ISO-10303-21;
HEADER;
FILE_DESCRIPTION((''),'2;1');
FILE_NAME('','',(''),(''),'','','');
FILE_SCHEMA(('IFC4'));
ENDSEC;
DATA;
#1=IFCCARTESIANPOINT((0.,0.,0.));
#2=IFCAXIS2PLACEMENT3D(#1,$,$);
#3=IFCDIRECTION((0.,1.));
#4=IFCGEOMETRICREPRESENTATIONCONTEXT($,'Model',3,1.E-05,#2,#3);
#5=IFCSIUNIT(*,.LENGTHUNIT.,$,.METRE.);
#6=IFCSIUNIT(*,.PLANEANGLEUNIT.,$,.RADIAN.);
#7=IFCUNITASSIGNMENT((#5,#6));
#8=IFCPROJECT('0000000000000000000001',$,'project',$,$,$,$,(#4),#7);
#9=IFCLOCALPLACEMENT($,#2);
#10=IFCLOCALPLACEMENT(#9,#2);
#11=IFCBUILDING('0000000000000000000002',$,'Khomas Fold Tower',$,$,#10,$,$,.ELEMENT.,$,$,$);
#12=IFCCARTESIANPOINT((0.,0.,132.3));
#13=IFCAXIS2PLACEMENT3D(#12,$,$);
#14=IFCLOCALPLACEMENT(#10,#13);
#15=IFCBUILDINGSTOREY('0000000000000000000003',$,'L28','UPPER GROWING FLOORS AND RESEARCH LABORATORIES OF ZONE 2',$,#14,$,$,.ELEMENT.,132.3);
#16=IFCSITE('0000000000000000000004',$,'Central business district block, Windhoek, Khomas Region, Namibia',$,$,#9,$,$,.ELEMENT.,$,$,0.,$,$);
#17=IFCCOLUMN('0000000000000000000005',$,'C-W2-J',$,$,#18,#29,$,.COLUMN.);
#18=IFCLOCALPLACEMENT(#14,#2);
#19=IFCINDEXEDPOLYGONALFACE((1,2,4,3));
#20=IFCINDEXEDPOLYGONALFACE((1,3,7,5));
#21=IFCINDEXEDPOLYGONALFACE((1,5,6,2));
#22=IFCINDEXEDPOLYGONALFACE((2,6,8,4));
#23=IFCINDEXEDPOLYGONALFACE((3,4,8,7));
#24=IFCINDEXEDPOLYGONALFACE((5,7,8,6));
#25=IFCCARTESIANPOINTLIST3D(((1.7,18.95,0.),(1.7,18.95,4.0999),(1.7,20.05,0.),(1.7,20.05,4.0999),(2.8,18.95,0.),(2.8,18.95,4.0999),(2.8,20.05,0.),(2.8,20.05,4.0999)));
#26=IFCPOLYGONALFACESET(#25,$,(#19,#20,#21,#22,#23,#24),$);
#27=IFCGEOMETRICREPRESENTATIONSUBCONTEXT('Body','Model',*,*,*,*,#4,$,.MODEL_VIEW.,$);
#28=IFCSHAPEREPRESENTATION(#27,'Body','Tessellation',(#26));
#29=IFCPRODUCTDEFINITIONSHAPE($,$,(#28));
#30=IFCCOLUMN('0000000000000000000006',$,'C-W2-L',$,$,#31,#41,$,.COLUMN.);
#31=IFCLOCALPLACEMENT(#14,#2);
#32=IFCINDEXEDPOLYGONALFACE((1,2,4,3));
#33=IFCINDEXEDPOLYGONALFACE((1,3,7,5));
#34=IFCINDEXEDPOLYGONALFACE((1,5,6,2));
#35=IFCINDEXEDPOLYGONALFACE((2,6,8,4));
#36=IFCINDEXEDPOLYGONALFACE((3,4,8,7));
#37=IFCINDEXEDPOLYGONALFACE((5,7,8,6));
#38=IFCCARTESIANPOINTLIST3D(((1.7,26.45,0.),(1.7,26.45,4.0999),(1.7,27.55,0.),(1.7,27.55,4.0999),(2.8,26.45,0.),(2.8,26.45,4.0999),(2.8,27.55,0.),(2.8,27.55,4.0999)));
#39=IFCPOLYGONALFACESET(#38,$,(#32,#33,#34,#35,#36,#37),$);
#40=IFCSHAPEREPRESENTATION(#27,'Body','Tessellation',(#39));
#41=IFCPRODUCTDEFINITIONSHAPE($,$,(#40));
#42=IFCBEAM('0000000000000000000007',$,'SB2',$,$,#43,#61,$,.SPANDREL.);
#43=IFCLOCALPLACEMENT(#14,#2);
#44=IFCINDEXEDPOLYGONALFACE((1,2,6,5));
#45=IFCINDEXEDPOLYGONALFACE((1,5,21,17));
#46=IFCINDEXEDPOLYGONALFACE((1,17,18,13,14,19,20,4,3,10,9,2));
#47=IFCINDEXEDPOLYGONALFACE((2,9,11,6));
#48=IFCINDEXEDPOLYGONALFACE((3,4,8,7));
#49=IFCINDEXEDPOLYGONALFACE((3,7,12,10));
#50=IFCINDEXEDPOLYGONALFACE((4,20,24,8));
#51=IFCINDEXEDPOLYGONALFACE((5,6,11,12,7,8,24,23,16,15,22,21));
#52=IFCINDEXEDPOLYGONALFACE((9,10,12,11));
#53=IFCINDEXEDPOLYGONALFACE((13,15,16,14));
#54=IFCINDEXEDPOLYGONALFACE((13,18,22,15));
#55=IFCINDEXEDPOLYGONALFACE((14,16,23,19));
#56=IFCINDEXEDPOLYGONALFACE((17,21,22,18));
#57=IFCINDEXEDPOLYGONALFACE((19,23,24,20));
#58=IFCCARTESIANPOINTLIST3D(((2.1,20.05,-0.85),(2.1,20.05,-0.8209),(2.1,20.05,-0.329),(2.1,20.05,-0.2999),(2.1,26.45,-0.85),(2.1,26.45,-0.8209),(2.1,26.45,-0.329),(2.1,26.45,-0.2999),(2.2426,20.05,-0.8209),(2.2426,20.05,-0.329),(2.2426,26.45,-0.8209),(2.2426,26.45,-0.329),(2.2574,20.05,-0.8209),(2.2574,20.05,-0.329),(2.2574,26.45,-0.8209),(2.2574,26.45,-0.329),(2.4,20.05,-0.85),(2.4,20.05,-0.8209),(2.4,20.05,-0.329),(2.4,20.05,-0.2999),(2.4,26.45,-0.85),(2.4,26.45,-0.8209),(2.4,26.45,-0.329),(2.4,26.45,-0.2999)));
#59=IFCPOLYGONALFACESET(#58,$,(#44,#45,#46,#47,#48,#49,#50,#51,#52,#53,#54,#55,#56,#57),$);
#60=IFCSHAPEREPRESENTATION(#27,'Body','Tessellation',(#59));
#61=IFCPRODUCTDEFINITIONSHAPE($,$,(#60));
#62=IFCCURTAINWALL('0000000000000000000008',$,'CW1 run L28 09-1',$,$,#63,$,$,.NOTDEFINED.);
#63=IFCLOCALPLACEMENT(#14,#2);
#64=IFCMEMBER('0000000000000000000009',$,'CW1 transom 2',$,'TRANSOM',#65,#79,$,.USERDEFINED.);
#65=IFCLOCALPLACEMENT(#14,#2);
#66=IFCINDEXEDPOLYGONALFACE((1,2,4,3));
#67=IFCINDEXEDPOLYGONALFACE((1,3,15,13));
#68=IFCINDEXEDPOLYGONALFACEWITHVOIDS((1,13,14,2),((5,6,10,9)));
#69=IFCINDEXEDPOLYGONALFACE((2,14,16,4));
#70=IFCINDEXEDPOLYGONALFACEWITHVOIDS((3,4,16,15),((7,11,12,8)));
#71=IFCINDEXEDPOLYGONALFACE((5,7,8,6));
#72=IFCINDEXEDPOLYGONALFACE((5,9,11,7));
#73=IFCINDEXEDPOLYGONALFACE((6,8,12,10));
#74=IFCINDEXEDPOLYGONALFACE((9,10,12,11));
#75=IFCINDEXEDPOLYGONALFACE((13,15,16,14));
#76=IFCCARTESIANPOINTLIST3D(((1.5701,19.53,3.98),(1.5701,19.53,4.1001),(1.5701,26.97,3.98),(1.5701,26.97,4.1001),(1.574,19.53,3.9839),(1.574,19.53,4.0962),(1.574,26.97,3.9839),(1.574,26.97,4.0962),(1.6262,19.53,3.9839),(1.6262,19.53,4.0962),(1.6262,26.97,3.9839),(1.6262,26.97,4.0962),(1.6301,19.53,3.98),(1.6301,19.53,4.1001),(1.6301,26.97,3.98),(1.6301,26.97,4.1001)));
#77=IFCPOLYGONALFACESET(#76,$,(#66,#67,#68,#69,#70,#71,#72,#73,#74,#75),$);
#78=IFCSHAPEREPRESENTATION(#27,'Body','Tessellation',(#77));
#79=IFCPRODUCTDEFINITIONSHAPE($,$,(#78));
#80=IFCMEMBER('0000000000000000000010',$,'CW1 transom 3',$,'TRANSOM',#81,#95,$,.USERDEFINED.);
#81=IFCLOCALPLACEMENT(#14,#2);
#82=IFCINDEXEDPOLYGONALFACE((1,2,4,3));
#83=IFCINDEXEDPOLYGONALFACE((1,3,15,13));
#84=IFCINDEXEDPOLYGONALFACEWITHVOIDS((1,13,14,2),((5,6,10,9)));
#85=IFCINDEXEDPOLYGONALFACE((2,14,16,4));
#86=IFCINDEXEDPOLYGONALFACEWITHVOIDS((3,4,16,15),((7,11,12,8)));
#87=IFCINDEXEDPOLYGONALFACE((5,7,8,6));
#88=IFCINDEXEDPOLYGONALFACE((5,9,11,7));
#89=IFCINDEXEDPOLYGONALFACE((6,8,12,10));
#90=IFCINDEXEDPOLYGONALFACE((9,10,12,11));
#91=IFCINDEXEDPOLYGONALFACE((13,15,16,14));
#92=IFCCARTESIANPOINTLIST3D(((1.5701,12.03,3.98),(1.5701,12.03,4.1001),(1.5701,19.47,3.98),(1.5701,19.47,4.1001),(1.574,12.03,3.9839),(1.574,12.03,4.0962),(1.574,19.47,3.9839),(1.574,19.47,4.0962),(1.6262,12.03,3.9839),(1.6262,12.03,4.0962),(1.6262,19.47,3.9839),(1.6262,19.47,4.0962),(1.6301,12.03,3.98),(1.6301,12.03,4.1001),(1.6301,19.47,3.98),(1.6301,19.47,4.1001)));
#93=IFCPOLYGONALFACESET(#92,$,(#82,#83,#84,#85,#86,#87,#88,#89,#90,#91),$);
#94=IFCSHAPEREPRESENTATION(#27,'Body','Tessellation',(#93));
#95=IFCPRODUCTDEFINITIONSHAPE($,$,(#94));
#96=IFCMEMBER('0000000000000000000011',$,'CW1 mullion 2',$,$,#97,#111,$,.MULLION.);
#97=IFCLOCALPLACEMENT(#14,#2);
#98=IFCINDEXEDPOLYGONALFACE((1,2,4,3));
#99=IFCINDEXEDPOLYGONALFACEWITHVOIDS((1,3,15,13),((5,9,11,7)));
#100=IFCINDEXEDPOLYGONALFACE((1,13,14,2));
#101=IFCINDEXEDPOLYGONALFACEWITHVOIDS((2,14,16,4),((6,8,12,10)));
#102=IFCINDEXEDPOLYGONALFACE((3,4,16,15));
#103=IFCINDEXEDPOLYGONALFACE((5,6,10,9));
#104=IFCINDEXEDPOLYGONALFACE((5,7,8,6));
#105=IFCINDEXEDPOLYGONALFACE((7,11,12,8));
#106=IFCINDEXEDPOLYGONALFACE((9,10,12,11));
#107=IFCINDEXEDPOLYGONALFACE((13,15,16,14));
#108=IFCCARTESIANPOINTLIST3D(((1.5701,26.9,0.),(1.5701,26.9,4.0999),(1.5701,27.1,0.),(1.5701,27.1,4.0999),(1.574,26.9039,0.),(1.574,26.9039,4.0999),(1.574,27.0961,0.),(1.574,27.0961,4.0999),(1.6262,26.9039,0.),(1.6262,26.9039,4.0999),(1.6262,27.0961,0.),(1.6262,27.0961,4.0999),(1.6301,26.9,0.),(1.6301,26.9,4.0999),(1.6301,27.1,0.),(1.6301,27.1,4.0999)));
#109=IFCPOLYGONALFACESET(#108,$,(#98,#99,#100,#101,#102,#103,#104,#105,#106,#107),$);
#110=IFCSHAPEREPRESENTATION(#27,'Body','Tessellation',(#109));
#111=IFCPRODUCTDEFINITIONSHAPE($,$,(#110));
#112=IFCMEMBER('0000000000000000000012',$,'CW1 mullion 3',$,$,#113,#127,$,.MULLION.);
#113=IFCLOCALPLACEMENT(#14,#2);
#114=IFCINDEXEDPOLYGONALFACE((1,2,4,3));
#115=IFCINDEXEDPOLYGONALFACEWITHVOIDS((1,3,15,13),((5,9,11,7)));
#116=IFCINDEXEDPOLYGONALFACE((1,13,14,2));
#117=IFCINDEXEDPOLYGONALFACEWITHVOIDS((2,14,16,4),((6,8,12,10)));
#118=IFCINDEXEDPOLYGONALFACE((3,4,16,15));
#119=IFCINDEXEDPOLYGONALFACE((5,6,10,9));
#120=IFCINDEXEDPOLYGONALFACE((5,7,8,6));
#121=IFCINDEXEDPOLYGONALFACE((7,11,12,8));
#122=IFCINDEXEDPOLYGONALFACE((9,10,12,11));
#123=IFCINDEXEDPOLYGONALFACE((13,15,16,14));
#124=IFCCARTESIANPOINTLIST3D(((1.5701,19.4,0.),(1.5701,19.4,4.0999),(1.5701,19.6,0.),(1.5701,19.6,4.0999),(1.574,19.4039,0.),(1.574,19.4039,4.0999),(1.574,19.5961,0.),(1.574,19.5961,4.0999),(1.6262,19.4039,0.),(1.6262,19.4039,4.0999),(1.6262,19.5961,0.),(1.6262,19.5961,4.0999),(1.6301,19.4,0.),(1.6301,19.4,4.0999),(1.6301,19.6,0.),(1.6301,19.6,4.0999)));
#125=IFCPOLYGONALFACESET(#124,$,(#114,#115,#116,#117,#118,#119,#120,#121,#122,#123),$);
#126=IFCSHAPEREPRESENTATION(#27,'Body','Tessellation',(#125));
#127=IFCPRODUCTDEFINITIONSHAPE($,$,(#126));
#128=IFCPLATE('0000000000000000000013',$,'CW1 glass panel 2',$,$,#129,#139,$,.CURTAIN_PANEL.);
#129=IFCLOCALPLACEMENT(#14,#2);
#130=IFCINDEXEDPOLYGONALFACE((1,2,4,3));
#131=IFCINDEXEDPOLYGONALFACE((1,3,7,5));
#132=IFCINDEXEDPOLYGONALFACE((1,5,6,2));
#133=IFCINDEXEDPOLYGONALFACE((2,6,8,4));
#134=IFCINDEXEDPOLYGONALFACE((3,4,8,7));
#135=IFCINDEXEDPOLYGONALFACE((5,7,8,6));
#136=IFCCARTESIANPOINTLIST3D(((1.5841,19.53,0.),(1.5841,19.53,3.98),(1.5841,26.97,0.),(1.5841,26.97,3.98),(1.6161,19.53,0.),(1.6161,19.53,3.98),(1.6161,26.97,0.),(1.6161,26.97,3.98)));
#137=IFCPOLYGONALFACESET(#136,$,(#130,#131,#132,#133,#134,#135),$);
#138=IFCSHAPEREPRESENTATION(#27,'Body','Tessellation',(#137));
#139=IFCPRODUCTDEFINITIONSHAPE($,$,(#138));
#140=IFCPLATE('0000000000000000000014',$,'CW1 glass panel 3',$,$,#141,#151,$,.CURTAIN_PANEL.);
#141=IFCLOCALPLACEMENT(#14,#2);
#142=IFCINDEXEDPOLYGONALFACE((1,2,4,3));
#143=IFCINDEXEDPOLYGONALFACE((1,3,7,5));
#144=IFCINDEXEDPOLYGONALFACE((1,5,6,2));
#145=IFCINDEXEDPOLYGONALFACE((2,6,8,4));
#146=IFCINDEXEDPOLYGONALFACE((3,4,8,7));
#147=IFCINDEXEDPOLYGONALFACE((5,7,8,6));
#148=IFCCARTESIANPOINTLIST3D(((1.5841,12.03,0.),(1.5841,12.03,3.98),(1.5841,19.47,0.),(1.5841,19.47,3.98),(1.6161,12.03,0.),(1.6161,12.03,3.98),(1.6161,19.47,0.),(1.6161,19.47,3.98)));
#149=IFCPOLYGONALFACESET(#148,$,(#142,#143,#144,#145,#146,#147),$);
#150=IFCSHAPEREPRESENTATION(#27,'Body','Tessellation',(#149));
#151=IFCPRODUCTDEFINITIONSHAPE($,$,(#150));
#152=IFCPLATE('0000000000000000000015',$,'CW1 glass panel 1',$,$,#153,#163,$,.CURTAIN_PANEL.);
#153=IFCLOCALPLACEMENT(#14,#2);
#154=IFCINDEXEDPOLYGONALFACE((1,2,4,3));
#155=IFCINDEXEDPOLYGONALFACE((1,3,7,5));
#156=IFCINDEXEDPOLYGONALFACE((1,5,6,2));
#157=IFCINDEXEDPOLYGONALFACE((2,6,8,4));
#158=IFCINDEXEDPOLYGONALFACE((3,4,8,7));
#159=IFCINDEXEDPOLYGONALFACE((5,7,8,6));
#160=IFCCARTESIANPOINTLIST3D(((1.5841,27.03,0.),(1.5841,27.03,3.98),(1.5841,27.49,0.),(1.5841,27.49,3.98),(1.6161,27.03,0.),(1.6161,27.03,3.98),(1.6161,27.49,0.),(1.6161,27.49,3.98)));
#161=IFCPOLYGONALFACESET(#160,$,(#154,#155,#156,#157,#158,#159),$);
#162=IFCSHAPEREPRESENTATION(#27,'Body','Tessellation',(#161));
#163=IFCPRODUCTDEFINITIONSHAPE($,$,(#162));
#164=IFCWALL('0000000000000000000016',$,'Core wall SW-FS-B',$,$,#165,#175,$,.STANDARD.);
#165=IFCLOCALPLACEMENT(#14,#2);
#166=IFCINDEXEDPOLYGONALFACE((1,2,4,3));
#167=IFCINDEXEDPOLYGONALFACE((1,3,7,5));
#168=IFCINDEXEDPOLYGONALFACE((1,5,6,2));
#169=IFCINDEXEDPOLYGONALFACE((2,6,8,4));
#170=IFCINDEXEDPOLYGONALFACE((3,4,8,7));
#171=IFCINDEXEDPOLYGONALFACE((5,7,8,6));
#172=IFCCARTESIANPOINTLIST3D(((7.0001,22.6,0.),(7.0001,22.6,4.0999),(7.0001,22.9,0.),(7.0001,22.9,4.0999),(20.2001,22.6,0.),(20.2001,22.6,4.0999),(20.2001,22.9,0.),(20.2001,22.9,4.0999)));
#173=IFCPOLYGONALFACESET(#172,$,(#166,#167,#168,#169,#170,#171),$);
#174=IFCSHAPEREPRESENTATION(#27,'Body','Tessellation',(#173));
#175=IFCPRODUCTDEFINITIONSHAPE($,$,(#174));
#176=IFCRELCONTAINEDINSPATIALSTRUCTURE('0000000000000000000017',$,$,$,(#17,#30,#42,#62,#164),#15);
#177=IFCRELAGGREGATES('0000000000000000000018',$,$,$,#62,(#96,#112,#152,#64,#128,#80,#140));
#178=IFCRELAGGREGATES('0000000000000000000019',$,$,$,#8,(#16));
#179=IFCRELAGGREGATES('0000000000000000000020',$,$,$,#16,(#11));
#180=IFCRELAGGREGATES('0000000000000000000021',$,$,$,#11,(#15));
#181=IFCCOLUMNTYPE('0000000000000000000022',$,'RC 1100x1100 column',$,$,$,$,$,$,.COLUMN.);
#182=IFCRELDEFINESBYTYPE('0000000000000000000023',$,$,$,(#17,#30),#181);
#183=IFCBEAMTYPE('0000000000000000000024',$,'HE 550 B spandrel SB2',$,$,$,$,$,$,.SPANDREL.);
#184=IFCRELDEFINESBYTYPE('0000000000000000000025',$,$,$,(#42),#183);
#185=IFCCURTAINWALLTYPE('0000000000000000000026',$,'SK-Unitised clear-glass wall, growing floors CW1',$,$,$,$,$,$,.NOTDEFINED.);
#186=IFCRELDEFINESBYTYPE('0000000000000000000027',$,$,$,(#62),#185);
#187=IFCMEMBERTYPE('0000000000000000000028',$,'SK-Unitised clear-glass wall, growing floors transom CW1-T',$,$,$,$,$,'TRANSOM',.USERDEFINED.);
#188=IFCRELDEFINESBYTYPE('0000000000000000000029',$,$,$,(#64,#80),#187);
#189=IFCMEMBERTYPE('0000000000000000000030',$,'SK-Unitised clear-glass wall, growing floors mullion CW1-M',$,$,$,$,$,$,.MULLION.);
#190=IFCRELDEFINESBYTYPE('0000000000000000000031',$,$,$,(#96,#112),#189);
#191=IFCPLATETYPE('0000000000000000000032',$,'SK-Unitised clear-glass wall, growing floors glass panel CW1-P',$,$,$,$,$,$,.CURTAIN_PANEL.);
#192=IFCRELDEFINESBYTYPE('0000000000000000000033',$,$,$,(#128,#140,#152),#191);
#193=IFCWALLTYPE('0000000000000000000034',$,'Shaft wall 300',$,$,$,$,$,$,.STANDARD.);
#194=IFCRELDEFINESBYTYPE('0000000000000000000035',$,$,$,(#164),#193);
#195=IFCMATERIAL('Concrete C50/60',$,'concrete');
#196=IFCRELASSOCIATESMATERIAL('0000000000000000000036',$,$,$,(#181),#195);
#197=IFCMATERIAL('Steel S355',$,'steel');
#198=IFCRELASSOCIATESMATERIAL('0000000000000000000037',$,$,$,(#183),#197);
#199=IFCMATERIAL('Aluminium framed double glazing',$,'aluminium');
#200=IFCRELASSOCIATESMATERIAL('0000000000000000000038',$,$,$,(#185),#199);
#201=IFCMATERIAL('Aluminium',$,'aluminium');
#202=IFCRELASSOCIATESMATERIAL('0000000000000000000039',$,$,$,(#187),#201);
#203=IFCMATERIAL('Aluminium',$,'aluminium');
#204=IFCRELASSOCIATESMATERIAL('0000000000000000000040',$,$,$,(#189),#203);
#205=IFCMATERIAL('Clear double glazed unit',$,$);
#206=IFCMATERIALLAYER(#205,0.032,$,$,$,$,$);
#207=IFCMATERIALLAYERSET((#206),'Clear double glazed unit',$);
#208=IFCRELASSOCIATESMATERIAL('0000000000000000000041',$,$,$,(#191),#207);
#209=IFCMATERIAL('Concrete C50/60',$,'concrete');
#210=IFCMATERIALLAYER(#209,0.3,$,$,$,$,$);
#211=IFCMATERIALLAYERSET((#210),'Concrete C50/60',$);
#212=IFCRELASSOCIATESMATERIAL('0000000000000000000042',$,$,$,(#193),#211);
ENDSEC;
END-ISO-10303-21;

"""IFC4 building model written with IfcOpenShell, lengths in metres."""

from ifc_helpers import new_model, si_unit, direction, frame, frame_2d, origin, origin_2d, place, context, subcontext, project, spatial, rectangle, hollow_rectangle, i_section, extrude, source, transform, mapped, material, layer, layer_set, material_profile, profile_set, type_object, element, aggregate, save


model = new_model("IFC4")

# Units and contexts
model_context = context("Model", 3, precision=1e-05, world=origin(), true_north=direction((0.0, 1.0)))
body_context = subcontext(model_context, "Body", "Model", "MODEL_VIEW")
ifc_project = project(units=[si_unit("LENGTHUNIT", "METRE"), si_unit("PLANEANGLEUNIT", "RADIAN")], contexts=[model_context])

# Site, building, storey
site_placement = place(None, origin())
site = spatial("IfcSite", under=ifc_project, at=site_placement, Name="Central business district block, Windhoek, Khomas Region, Namibia", CompositionType="ELEMENT", RefElevation=0.0)
building_placement = place(site_placement, origin())
building = spatial("IfcBuilding", under=site, at=building_placement, Name="Khomas Fold Tower", CompositionType="ELEMENT")
storey_placement = place(building_placement, frame((0.0, 0.0, 132.3)))
storey = spatial("IfcBuildingStorey", under=building, at=storey_placement, Name="L28", Description="UPPER GROWING FLOORS AND RESEARCH LABORATORIES OF ZONE 2", CompositionType="ELEMENT", Elevation=132.3)

# Columns
ifc_material_1 = material(Name="Concrete C50/60", Category="concrete")
ifc_material_profile_1 = material_profile(ifc_material_1, rectangle(XDim=1.1001, YDim=1.1001, at=origin_2d()), Name="RC 1100x1100")
ifc_profile_set_1 = profile_set([ifc_material_profile_1], Name="Concrete C50/60")
column_type = type_object("IfcColumnType", Name="RC 1100x1100 column", PredefinedType="COLUMN", material=ifc_profile_set_1)
shared_shape_1 = source(origin(), body_context, "Body", "SweptSolid", [
    extrude(rectangle(XDim=1.1001, YDim=1.1001, at=origin_2d()), origin(), (0.0, 0.0, 1.0), 4.0999),
])
for number, where, z_axis, x_axis, name in (
    (1, (2.25, 19.5, 0.0), (0.0, 0.0, 1.0), (1.0, 0.0, 0.0), "C-W2-J"),
    (2, (2.25, 27.0, 0.0), (0.0, 0.0, 1.0), (1.0, 0.0, 0.0), "C-W2-L"),
):
    element("IfcColumn", number, at=place(storey_placement, frame(where, z_axis=z_axis, x_axis=x_axis)), inside=storey, type_object=column_type, Name=name, PredefinedType="COLUMN", context=body_context, shape_type="MappedRepresentation", body=[
        mapped(shared_shape_1, transform((0.0, 0.0, 0.0))),
    ])

# Beam
ifc_material_2 = material(Name="Steel S355", Category="steel")
ifc_material_profile_2 = material_profile(ifc_material_2, i_section(OverallWidth=0.3, OverallDepth=0.55, WebThickness=0.0149, FlangeThickness=0.0291, at=origin_2d()), Name="HE 550 B")
ifc_profile_set_2 = profile_set([ifc_material_profile_2], Name="Steel S355")
beam_type = type_object("IfcBeamType", Name="HE 550 B spandrel SB2", PredefinedType="SPANDREL", material=ifc_profile_set_2)
shared_shape_2 = source(origin(), body_context, "Body", "SweptSolid", [
    extrude(i_section(OverallWidth=0.3, OverallDepth=0.55, WebThickness=0.0149, FlangeThickness=0.0291, at=origin_2d()), origin(), (0.0, 0.0, 1.0), 6.3999),
])
beam_placement = place(storey_placement, frame((2.25, 20.05, -0.575), z_axis=(0.0, 1.0, 0.0), x_axis=(-1.0, 0.0, 0.0)))
element("IfcBeam", 3, at=beam_placement, inside=storey, type_object=beam_type, Name="SB2", PredefinedType="SPANDREL", context=body_context, shape_type="MappedRepresentation", body=[
    mapped(shared_shape_2, transform((0.0, 0.0, 0.0))),
])

# Curtain wall, members, plates
ifc_material_3 = material(Name="Aluminium framed double glazing", Category="aluminium")
curtain_wall_type = type_object("IfcCurtainWallType", Name="SK-Unitised clear-glass wall, growing floors CW1", PredefinedType="NOTDEFINED", material=ifc_material_3)
curtain_wall_placement = place(storey_placement, origin())
curtain_wall = element("IfcCurtainWall", 4, at=curtain_wall_placement, inside=storey, type_object=curtain_wall_type, Name="CW1 run L28 09-1", PredefinedType="NOTDEFINED")
ifc_material_4 = material(Name="Aluminium", Category="aluminium")
ifc_material_profile_3 = material_profile(ifc_material_4, hollow_rectangle(XDim=0.0601, YDim=0.1201, WallThickness=0.0039, at=origin_2d()), Name="SK-Unitised clear-glass wall, growing floors transom CW1-T")
ifc_profile_set_3 = profile_set([ifc_material_profile_3], Name="Aluminium")
member_type_1 = type_object("IfcMemberType", Name="SK-Unitised clear-glass wall, growing floors transom CW1-T", ElementType="TRANSOM", PredefinedType="USERDEFINED", material=ifc_profile_set_3)
shared_shape_3 = source(origin(), body_context, "Body", "SweptSolid", [
    extrude(hollow_rectangle(XDim=0.0601, YDim=0.1201, WallThickness=0.0039, at=origin_2d()), origin(), (0.0, 0.0, 1.0), 7.4399),
])
member_1_placement = place(storey_placement, frame((1.6001, 26.97, 4.04), z_axis=(0.0, -1.0, 0.0), x_axis=(1.0, 0.0, 0.0)))
member_1 = element("IfcMember", 5, at=member_1_placement, type_object=member_type_1, Name="CW1 transom 2", ObjectType="TRANSOM", PredefinedType="USERDEFINED", context=body_context, shape_type="MappedRepresentation", body=[
    mapped(shared_shape_3, transform((0.0, 0.0, 0.0))),
])
member_2_placement = place(storey_placement, frame((1.6001, 19.47, 4.04), z_axis=(0.0, -1.0, 0.0), x_axis=(1.0, 0.0, 0.0)))
member_2 = element("IfcMember", 6, at=member_2_placement, type_object=member_type_1, Name="CW1 transom 3", ObjectType="TRANSOM", PredefinedType="USERDEFINED", context=body_context, shape_type="MappedRepresentation", body=[
    mapped(shared_shape_3, transform((0.0, 0.0, 0.0))),
])
ifc_material_5 = material(Name="Aluminium", Category="aluminium")
ifc_material_profile_4 = material_profile(ifc_material_5, hollow_rectangle(XDim=0.0601, YDim=0.2, WallThickness=0.0039, at=origin_2d()), Name="SK-Unitised clear-glass wall, growing floors mullion CW1-M")
ifc_profile_set_4 = profile_set([ifc_material_profile_4], Name="Aluminium")
member_type_2 = type_object("IfcMemberType", Name="SK-Unitised clear-glass wall, growing floors mullion CW1-M", PredefinedType="MULLION", material=ifc_profile_set_4)
shared_shape_4 = source(origin(), body_context, "Body", "SweptSolid", [
    extrude(hollow_rectangle(XDim=0.0601, YDim=0.2, WallThickness=0.0039, at=origin_2d()), origin(), (0.0, 0.0, 1.0), 4.0999),
])
member_3_placement = place(storey_placement, frame((1.6001, 27.0, 0.0), z_axis=(0.0, 0.0, 1.0), x_axis=(1.0, 0.0, 0.0)))
member_3 = element("IfcMember", 7, at=member_3_placement, type_object=member_type_2, Name="CW1 mullion 2", PredefinedType="MULLION", context=body_context, shape_type="MappedRepresentation", body=[
    mapped(shared_shape_4, transform((0.0, 0.0, 0.0))),
])
member_4_placement = place(storey_placement, frame((1.6001, 19.5, 0.0), z_axis=(0.0, 0.0, 1.0), x_axis=(1.0, 0.0, 0.0)))
member_4 = element("IfcMember", 8, at=member_4_placement, type_object=member_type_2, Name="CW1 mullion 3", PredefinedType="MULLION", context=body_context, shape_type="MappedRepresentation", body=[
    mapped(shared_shape_4, transform((0.0, 0.0, 0.0))),
])
ifc_material_6 = material(Name="Clear double glazed unit")
ifc_layer_1 = layer(ifc_material_6, 0.032)
ifc_layer_set_1 = layer_set([ifc_layer_1], Name="Clear double glazed unit")
plate_type = type_object("IfcPlateType", Name="SK-Unitised clear-glass wall, growing floors glass panel CW1-P", PredefinedType="CURTAIN_PANEL", material=ifc_layer_set_1)
shared_shape_5 = source(origin(), body_context, "Body", "SweptSolid", [
    extrude(rectangle(XDim=7.4399, YDim=0.032, at=origin_2d()), origin(), (0.0, 0.0, 1.0), 3.98),
])
plate_1_placement = place(storey_placement, frame((1.6001, 23.25, 0.0), z_axis=(0.0, 0.0, 1.0), x_axis=(0.0, -1.0, 0.0)))
plate_1 = element("IfcPlate", 9, at=plate_1_placement, type_object=plate_type, Name="CW1 glass panel 2", PredefinedType="CURTAIN_PANEL", context=body_context, shape_type="MappedRepresentation", body=[
    mapped(shared_shape_5, transform((0.0, 0.0, 0.0))),
])
plate_2_placement = place(storey_placement, frame((1.6001, 15.75, 0.0), z_axis=(0.0, 0.0, 1.0), x_axis=(0.0, -1.0, 0.0)))
plate_2 = element("IfcPlate", 10, at=plate_2_placement, type_object=plate_type, Name="CW1 glass panel 3", PredefinedType="CURTAIN_PANEL", context=body_context, shape_type="MappedRepresentation", body=[
    mapped(shared_shape_5, transform((0.0, 0.0, 0.0))),
])
shared_shape_6 = source(origin(), body_context, "Body", "SweptSolid", [
    extrude(rectangle(XDim=0.46, YDim=0.032, at=origin_2d()), origin(), (0.0, 0.0, 1.0), 3.98),
])
plate_3_placement = place(storey_placement, frame((1.6001, 27.26, 0.0), z_axis=(0.0, 0.0, 1.0), x_axis=(0.0, -1.0, 0.0)))
plate_3 = element("IfcPlate", 11, at=plate_3_placement, type_object=plate_type, Name="CW1 glass panel 1", PredefinedType="CURTAIN_PANEL", context=body_context, shape_type="MappedRepresentation", body=[
    mapped(shared_shape_6, transform((0.0, 0.0, 0.0))),
])
aggregate(curtain_wall, [member_3, member_4, plate_3, member_1, plate_1, member_2, plate_2])

# Wall
ifc_material_7 = material(Name="Concrete C50/60", Category="concrete")
ifc_layer_2 = layer(ifc_material_7, 0.3)
ifc_layer_set_2 = layer_set([ifc_layer_2], Name="Concrete C50/60")
wall_type_1 = type_object("IfcWallType", Name="Shaft wall 300", PredefinedType="STANDARD", material=ifc_layer_set_2)
shared_shape_7 = source(origin(), body_context, "Body", "SweptSolid", [
    extrude(rectangle(XDim=13.2, YDim=0.3, at=frame_2d((6.6001, 0.0))), origin(), (0.0, 0.0, 1.0), 4.0999),
])
wall_1_placement = place(storey_placement, frame((7.0, 22.75, 0.0), z_axis=(0.0, 0.0, 1.0), x_axis=(1.0, 0.0, 0.0)))
element("IfcWall", 12, at=wall_1_placement, inside=storey, type_object=wall_type_1, Name="Core wall SW-FS-B", PredefinedType="STANDARD", context=body_context, shape_type="MappedRepresentation", body=[
    mapped(shared_shape_7, transform((0.0, 0.0, 0.0))),
])

save(model, "model.ifc")
